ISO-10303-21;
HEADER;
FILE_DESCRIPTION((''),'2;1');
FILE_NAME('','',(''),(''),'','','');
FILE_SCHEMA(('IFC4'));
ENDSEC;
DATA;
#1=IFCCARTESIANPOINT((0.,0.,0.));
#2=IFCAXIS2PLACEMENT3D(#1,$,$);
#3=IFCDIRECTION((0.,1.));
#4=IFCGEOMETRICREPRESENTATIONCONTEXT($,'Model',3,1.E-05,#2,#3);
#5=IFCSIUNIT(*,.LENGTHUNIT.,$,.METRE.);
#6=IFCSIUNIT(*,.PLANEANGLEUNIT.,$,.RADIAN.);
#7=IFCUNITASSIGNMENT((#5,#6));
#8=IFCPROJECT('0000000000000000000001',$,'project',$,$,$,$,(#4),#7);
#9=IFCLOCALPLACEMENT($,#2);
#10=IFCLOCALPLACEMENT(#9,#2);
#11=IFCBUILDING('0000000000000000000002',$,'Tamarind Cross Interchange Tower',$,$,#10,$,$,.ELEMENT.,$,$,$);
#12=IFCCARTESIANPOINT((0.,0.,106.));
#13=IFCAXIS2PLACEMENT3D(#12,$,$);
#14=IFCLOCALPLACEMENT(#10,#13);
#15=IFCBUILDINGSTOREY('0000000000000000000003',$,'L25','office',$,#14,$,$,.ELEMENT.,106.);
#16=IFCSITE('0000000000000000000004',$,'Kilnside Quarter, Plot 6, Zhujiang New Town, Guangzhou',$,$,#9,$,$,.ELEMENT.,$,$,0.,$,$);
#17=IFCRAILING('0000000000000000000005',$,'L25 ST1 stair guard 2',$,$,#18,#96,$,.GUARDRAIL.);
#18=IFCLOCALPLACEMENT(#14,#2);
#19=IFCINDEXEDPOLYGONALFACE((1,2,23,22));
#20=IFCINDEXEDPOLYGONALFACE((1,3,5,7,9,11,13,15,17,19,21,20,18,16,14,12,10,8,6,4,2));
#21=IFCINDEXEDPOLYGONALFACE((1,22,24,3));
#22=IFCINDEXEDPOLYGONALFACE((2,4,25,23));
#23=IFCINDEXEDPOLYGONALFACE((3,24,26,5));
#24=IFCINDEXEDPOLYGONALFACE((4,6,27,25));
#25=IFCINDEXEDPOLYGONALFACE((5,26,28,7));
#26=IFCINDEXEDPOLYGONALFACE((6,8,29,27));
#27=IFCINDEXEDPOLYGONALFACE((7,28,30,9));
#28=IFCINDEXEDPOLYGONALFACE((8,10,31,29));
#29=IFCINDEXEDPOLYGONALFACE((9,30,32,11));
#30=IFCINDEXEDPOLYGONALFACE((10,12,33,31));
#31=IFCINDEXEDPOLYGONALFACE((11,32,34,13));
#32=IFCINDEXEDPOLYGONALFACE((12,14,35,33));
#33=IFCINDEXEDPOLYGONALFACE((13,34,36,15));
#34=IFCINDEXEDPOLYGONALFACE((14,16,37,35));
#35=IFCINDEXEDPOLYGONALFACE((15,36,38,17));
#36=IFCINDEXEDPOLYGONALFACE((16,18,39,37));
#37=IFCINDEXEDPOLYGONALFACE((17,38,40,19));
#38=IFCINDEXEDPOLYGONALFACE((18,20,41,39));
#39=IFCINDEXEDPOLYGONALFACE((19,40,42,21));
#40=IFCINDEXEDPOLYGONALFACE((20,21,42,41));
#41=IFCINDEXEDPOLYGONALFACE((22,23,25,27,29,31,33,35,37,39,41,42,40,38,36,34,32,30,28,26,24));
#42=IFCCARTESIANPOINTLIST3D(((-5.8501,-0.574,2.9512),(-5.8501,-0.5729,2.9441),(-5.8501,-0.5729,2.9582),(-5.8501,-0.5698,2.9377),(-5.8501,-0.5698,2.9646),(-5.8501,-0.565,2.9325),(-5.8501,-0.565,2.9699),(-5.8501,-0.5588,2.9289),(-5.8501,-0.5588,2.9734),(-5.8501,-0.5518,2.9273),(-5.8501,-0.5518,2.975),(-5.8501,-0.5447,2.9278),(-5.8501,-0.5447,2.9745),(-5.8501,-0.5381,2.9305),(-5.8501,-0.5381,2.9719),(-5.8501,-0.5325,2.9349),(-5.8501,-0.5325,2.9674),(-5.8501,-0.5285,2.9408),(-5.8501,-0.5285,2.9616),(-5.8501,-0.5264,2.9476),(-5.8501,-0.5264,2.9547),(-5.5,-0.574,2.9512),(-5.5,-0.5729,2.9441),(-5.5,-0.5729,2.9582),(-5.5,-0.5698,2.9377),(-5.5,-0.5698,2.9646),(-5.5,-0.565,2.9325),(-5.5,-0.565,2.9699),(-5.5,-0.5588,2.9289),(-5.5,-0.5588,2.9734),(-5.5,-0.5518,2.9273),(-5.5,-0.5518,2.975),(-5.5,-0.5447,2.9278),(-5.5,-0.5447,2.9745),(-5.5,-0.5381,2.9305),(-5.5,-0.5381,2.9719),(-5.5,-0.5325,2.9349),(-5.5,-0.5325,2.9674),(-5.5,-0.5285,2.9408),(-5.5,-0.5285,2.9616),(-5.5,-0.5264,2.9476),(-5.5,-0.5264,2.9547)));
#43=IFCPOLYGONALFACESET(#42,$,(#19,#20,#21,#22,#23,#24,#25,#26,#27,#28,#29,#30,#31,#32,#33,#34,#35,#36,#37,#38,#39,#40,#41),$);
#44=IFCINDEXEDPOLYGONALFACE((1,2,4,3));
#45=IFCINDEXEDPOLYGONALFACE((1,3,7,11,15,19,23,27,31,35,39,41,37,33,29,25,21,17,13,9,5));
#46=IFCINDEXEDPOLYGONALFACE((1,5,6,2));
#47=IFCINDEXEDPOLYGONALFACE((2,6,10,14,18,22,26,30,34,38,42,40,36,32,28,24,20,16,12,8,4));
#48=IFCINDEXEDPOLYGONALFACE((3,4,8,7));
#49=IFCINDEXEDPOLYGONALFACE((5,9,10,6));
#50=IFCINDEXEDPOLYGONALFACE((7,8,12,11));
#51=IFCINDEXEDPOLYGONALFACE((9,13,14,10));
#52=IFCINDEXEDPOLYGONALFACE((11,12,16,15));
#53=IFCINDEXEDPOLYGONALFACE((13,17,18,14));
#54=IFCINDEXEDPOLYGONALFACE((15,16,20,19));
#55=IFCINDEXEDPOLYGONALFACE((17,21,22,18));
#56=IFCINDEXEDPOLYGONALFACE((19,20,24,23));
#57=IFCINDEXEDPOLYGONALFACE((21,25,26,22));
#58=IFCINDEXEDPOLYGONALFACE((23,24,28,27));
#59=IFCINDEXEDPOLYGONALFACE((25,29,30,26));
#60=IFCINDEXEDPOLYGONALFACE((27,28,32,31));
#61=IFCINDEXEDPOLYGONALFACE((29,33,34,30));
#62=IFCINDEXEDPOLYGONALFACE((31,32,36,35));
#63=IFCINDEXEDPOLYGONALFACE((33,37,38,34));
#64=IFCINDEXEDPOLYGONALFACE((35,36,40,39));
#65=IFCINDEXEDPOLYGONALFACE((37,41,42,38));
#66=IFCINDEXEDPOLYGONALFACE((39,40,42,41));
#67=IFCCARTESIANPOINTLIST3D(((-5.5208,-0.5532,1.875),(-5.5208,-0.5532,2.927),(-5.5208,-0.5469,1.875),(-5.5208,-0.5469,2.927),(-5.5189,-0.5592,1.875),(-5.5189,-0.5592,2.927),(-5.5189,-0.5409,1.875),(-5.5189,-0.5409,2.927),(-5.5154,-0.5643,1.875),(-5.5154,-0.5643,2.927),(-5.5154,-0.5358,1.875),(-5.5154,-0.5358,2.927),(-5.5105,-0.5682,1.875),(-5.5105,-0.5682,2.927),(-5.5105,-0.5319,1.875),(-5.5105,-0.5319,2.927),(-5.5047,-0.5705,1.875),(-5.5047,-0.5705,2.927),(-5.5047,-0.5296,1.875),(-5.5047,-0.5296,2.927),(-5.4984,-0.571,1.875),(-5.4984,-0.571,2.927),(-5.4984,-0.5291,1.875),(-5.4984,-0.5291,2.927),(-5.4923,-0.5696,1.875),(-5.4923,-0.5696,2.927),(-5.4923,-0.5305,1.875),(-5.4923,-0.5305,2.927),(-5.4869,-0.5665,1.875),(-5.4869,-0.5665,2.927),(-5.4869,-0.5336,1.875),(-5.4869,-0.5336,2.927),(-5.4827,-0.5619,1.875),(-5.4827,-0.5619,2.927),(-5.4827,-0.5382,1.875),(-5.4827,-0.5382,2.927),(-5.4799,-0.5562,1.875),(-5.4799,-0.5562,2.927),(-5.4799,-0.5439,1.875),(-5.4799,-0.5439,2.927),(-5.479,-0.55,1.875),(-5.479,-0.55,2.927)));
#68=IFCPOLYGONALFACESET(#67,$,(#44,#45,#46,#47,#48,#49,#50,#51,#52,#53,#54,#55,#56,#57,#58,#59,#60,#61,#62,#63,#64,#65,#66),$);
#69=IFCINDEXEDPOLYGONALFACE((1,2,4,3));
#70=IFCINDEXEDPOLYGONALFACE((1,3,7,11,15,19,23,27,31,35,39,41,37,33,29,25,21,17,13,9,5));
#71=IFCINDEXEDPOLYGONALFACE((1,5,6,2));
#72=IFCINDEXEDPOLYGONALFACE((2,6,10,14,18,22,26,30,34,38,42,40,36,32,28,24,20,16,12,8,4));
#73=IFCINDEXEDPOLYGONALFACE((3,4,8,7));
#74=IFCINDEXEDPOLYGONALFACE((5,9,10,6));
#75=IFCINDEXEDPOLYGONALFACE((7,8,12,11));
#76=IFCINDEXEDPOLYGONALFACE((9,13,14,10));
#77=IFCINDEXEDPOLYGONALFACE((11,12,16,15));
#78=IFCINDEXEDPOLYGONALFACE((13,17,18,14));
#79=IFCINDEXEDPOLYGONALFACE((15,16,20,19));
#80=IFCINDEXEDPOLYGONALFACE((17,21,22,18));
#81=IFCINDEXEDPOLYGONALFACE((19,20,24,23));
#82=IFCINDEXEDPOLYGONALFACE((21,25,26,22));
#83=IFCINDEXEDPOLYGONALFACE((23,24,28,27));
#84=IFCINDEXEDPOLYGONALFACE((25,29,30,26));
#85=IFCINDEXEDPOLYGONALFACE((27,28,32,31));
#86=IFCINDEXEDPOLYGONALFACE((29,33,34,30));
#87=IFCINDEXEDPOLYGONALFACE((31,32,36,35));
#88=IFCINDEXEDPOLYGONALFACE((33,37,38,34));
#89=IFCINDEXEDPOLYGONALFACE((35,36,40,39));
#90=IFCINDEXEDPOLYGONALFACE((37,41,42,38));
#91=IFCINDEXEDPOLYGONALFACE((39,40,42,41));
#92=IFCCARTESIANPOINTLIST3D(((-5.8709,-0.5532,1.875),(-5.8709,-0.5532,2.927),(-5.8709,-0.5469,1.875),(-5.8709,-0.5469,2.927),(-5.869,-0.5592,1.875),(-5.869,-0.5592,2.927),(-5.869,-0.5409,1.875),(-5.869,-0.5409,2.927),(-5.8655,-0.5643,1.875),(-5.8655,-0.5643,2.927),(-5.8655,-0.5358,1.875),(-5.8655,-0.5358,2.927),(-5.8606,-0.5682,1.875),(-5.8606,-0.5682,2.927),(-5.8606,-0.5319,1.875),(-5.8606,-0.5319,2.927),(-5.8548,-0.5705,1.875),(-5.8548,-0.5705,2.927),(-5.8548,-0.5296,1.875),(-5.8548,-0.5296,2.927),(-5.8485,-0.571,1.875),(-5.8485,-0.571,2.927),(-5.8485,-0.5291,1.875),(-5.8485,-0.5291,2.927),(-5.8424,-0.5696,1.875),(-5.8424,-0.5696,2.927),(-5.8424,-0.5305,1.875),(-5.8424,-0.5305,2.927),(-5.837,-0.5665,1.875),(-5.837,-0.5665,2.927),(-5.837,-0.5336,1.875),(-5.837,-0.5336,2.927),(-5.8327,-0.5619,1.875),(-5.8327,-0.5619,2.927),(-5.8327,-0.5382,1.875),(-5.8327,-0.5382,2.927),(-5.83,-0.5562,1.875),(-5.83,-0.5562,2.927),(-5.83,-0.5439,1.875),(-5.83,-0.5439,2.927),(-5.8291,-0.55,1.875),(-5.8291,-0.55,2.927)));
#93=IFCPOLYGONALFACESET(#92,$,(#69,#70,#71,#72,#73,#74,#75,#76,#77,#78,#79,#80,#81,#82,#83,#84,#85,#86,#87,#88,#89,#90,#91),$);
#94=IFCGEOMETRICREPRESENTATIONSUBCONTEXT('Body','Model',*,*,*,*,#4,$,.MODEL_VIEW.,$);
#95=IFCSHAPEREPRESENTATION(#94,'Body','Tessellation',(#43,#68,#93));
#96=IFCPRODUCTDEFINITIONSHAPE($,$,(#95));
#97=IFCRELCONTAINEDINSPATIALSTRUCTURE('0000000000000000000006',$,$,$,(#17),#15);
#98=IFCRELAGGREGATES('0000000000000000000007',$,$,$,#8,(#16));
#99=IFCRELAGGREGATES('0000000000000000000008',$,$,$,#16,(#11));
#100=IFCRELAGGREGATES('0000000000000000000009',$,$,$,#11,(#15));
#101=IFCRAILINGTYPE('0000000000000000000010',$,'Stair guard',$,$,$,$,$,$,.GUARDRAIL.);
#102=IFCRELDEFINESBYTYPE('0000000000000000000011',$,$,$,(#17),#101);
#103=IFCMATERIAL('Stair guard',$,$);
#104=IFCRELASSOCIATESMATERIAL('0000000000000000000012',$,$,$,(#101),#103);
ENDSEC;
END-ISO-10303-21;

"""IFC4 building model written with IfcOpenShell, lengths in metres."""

from ifc_helpers import new_model, si_unit, direction, frame, origin, origin_2d, place, context, subcontext, project, spatial, circle, extrude, material, type_object, element, save


model = new_model("IFC4")

# Units and contexts
model_context = context("Model", 3, precision=1e-05, world=origin(), true_north=direction((0.0, 1.0)))
body_context = subcontext(model_context, "Body", "Model", "MODEL_VIEW")
ifc_project = project(units=[si_unit("LENGTHUNIT", "METRE"), si_unit("PLANEANGLEUNIT", "RADIAN")], contexts=[model_context])

# Site, building, storey
site_placement = place(None, origin())
site = spatial("IfcSite", under=ifc_project, at=site_placement, Name="Kilnside Quarter, Plot 6, Zhujiang New Town, Guangzhou", CompositionType="ELEMENT", RefElevation=0.0)
building_placement = place(site_placement, origin())
building = spatial("IfcBuilding", under=site, at=building_placement, Name="Tamarind Cross Interchange Tower", CompositionType="ELEMENT")
storey_placement = place(building_placement, frame((0.0, 0.0, 106.0)))
storey = spatial("IfcBuildingStorey", under=building, at=storey_placement, Name="L25", Description="office", CompositionType="ELEMENT", Elevation=106.0)

# Railing
ifc_material_1 = material(Name="Stair guard")
railing_type_1 = type_object("IfcRailingType", Name="Stair guard", PredefinedType="GUARDRAIL", material=ifc_material_1)
railing_1_placement = place(storey_placement, frame((-5.5, -0.55, 1.875)))
element("IfcRailing", 1, at=railing_1_placement, inside=storey, type_object=railing_type_1, Name="L25 ST1 stair guard 2", PredefinedType="GUARDRAIL", context=body_context, shape_type="SweptSolid", body=[
    extrude(circle(Radius=0.0239, at=origin_2d()), frame((0.0, 0.0, 1.0762), z_axis=(-1.0, 0.0, 0.0), x_axis=(0.0, -1.0, 0.0)), (0.0, 0.0, 1.0), 0.3501),
    extrude(circle(Radius=0.021, at=origin_2d()), origin(), (0.0, 0.0, 1.0), 1.052),
    extrude(circle(Radius=0.021, at=origin_2d()), frame((-0.3501, 0.0, 0.0)), (0.0, 0.0, 1.0), 1.052),
])

save(model, "model.ifc")
